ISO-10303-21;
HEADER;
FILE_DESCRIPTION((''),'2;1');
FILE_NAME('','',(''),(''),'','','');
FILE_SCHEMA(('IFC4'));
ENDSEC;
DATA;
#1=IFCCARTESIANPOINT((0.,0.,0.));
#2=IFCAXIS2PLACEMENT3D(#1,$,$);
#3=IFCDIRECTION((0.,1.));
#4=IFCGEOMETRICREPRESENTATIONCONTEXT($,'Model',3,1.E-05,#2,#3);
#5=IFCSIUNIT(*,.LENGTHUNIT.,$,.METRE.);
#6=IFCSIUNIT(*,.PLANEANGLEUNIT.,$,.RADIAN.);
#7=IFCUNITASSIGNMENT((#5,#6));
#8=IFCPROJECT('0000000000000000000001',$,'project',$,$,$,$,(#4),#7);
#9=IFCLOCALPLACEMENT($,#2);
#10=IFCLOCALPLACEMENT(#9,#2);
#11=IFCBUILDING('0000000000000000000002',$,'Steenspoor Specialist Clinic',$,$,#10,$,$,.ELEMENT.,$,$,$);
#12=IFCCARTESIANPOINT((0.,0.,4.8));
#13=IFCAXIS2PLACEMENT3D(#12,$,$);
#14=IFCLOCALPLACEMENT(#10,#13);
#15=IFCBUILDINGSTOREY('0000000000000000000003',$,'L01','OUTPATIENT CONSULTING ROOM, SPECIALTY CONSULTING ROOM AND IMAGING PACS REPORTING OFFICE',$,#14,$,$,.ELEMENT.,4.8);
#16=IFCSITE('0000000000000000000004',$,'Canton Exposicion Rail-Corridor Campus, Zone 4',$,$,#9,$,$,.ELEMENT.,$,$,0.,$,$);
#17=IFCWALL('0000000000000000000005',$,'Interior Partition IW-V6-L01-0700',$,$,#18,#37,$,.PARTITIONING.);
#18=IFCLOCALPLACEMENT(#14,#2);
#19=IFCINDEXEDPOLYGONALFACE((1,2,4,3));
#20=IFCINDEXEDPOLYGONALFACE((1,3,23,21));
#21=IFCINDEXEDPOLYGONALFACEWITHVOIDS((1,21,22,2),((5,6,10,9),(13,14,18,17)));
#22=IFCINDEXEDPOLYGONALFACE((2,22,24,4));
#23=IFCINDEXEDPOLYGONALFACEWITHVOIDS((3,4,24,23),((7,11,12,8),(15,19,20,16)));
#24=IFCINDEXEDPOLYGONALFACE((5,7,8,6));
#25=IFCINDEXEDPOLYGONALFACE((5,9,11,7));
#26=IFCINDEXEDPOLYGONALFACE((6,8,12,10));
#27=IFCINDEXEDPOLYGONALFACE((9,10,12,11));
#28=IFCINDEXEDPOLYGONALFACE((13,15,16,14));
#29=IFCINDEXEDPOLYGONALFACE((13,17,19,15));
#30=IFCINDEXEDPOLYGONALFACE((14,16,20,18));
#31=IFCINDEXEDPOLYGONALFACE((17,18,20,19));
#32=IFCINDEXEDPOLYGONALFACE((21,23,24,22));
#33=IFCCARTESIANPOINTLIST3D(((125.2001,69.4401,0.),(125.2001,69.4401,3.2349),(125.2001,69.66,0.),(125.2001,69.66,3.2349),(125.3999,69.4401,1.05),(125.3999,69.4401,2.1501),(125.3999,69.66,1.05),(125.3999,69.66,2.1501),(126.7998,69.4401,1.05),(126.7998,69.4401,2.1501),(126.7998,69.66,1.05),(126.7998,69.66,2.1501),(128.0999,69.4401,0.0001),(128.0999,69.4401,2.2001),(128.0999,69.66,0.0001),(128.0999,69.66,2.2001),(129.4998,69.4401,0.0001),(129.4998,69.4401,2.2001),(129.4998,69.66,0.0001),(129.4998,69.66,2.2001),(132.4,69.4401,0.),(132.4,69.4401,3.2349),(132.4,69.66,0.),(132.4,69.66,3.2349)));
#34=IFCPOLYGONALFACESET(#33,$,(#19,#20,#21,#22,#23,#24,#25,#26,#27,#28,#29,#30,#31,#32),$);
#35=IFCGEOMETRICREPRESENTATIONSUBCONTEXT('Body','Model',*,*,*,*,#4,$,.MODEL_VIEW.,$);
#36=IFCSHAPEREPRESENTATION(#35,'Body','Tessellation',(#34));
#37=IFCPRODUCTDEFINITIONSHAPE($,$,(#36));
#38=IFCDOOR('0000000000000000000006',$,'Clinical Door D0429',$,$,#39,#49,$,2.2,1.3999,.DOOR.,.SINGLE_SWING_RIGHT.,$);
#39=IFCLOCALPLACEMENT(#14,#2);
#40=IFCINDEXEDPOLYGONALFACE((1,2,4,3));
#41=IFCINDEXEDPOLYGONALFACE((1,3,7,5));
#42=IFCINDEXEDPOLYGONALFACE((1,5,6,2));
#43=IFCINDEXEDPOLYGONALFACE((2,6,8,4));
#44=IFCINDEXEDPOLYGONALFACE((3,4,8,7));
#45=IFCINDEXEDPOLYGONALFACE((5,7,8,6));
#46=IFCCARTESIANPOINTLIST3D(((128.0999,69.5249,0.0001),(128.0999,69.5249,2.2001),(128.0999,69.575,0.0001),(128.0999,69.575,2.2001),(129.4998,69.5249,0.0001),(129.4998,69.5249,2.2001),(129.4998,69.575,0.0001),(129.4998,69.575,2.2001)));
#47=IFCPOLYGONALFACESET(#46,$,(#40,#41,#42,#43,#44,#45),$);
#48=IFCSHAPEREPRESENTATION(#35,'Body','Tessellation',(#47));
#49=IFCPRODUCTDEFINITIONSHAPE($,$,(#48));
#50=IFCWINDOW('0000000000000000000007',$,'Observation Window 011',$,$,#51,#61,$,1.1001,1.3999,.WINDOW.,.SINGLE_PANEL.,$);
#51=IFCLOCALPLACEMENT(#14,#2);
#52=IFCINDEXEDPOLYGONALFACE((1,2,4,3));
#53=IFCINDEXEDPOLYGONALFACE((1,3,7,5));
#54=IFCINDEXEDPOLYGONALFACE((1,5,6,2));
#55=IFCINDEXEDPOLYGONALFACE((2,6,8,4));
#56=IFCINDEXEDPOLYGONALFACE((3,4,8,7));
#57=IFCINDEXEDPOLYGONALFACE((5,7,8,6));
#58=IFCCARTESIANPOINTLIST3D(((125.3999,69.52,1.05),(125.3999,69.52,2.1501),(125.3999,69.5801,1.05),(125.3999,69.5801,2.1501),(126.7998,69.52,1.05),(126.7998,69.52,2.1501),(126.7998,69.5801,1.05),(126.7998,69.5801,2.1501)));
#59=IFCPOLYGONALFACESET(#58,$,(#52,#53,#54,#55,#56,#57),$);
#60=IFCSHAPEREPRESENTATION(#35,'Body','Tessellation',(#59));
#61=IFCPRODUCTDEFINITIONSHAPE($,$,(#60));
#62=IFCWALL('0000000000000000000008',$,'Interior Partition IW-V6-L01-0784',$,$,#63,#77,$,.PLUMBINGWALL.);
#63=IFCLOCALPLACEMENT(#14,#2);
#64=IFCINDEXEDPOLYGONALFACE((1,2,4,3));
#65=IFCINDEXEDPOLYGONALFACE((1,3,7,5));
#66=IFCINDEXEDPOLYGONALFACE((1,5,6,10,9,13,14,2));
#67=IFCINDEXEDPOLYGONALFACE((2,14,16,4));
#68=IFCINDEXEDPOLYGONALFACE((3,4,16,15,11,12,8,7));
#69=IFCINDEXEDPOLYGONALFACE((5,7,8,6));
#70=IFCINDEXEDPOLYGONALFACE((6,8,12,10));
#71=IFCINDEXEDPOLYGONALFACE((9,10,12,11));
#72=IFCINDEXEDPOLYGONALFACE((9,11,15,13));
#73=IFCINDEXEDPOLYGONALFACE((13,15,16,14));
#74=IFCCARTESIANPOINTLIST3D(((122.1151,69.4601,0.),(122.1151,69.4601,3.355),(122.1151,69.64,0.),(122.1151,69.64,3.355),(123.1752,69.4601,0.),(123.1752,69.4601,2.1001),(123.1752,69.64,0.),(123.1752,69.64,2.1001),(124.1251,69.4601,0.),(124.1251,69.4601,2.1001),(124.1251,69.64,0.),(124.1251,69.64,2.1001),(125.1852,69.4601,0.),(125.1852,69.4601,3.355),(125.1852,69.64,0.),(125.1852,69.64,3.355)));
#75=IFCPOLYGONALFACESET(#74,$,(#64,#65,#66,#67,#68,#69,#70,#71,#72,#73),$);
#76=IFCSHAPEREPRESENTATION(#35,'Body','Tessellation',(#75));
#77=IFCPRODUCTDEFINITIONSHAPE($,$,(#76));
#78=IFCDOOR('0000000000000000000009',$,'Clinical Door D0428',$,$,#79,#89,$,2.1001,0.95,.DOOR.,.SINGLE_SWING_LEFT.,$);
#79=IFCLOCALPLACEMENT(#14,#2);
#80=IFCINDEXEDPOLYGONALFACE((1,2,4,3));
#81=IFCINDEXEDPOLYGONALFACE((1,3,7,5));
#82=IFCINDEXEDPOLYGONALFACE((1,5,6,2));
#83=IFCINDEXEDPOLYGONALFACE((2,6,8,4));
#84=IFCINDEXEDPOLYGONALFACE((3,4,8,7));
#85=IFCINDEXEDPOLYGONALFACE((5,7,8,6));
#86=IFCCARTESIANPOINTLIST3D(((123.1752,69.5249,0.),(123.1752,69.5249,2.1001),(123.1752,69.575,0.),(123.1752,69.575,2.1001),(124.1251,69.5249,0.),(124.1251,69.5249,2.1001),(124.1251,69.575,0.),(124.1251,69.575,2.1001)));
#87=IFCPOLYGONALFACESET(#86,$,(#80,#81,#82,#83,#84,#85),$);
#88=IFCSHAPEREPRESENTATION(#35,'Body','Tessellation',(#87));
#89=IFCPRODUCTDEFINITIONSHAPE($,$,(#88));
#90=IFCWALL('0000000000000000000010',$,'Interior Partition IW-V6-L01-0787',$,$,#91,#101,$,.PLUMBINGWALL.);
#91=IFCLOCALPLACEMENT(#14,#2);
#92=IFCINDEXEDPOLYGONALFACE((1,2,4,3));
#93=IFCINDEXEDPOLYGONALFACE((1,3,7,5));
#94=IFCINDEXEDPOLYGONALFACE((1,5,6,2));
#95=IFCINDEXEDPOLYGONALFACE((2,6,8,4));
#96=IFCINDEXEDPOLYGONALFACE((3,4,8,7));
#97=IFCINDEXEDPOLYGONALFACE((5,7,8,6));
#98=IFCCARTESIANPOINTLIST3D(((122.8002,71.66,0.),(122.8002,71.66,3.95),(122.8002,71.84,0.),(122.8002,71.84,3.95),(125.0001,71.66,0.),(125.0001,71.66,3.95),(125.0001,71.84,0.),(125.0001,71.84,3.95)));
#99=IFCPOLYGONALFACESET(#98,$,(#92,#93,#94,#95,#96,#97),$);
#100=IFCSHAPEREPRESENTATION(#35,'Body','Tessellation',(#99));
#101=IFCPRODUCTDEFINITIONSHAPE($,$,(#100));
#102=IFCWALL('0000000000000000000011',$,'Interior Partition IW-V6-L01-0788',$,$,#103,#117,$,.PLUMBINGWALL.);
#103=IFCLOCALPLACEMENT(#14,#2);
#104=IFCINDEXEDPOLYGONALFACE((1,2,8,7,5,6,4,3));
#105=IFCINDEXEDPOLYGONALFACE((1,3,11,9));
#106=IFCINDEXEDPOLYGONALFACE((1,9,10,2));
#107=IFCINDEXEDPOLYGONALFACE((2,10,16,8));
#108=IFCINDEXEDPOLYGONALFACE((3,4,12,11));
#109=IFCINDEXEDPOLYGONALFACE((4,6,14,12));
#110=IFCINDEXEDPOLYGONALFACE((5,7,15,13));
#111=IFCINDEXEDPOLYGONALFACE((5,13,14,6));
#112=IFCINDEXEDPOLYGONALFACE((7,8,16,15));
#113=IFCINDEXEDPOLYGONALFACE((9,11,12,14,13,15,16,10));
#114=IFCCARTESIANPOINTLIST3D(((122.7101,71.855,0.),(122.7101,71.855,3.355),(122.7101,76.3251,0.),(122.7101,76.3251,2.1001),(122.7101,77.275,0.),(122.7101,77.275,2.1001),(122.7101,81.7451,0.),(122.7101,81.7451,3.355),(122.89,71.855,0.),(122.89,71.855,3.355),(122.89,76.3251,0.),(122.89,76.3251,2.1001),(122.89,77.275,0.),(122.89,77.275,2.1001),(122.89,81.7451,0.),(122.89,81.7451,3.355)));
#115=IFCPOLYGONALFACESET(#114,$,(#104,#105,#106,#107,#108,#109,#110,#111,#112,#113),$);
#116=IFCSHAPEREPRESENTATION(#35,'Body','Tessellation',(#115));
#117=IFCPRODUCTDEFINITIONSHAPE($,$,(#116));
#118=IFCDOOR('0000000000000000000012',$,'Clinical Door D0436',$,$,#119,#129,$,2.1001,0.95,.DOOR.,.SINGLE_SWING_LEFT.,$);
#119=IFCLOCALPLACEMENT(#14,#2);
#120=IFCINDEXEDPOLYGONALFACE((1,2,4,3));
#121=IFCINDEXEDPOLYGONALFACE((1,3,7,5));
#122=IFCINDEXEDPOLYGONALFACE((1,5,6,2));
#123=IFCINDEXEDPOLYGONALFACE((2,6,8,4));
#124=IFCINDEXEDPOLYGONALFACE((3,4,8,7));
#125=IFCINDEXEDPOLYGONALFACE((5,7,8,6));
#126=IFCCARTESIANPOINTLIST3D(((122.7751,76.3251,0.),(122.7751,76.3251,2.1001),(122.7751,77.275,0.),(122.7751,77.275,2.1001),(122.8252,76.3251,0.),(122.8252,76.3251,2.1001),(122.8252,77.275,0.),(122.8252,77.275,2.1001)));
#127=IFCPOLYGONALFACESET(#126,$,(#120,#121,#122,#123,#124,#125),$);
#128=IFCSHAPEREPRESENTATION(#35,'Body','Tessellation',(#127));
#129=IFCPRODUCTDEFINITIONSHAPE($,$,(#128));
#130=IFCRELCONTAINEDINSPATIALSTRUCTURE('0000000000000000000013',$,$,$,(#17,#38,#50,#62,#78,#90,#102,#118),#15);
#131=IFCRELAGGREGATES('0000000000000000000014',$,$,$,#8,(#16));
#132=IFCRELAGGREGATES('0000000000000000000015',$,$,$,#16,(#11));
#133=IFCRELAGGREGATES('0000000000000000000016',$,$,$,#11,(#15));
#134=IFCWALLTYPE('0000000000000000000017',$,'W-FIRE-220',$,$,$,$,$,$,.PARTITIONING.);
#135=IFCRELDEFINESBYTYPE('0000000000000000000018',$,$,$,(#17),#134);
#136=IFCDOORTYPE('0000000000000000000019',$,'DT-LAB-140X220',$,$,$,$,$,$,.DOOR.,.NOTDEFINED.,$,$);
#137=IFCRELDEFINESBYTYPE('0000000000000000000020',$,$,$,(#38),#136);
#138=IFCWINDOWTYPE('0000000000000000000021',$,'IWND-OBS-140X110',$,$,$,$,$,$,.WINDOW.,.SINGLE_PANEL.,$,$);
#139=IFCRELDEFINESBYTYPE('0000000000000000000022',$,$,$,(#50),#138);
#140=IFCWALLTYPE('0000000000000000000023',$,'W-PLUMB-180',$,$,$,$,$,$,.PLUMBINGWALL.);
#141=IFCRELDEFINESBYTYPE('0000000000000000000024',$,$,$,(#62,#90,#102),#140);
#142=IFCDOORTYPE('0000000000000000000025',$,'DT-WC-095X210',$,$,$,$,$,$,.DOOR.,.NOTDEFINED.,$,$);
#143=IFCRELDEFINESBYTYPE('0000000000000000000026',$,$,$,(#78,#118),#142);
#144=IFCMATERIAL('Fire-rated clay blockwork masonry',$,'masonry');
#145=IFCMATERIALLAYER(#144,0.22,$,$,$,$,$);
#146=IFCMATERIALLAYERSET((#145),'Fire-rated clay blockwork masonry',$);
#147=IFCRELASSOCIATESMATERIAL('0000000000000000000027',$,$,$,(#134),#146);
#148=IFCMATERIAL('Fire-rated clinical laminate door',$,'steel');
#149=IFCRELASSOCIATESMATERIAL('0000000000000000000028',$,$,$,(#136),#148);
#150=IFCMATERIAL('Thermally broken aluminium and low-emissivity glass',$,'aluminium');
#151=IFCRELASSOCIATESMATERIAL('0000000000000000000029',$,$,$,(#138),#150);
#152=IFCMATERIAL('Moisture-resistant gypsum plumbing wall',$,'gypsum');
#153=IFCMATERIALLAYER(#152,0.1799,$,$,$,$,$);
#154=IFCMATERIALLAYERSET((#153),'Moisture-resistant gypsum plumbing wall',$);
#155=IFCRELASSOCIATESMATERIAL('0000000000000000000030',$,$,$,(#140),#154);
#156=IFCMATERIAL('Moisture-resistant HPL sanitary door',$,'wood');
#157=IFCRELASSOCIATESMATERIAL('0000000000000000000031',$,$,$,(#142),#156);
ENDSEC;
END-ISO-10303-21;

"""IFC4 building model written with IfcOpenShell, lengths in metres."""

from ifc_helpers import new_model, si_unit, direction, frame, frame_2d, origin, place, context, subcontext, project, spatial, rectangle, extrude, material, layer, layer_set, type_object, element, fill, save


model = new_model("IFC4")

# Units and contexts
model_context = context("Model", 3, precision=1e-05, world=origin(), true_north=direction((0.0, 1.0)))
body_context = subcontext(model_context, "Body", "Model", "MODEL_VIEW")
ifc_project = project(units=[si_unit("LENGTHUNIT", "METRE"), si_unit("PLANEANGLEUNIT", "RADIAN")], contexts=[model_context])

# Site, building, storey
site_placement = place(None, origin())
site = spatial("IfcSite", under=ifc_project, at=site_placement, Name="Canton Exposicion Rail-Corridor Campus, Zone 4", CompositionType="ELEMENT", RefElevation=0.0)
building_placement = place(site_placement, origin())
building = spatial("IfcBuilding", under=site, at=building_placement, Name="Steenspoor Specialist Clinic", CompositionType="ELEMENT")
storey_placement = place(building_placement, frame((0.0, 0.0, 4.8)))
storey = spatial("IfcBuildingStorey", under=building, at=storey_placement, Name="L01", Description="OUTPATIENT CONSULTING ROOM, SPECIALTY CONSULTING ROOM AND IMAGING PACS REPORTING OFFICE", CompositionType="ELEMENT", Elevation=4.8)

# Shared definitions
ifc_material_1 = material(Name="Fire-rated clay blockwork masonry", Category="masonry")
ifc_layer_1 = layer(ifc_material_1, 0.22)
ifc_layer_set_1 = layer_set([ifc_layer_1], Name="Fire-rated clay blockwork masonry")
wall_type_1 = type_object("IfcWallType", Name="W-FIRE-220", PredefinedType="PARTITIONING", material=ifc_layer_set_1)
ifc_material_2 = material(Name="Fire-rated clinical laminate door", Category="steel")
door_type_1 = type_object("IfcDoorType", Name="DT-LAB-140X220", OperationType="NOTDEFINED", PredefinedType="DOOR", material=ifc_material_2)
ifc_material_3 = material(Name="Thermally broken aluminium and low-emissivity glass", Category="aluminium")

# Wall, openings, door, window
wall_1_placement = place(storey_placement, frame((125.2, 69.55, 0.0), z_axis=(0.0, 0.0, 1.0), x_axis=(1.0, 0.0, 0.0)))
wall_1 = element("IfcWall", 1, at=wall_1_placement, inside=storey, type_object=wall_type_1, Name="Interior Partition IW-V6-L01-0700", PredefinedType="PARTITIONING", context=body_context, shape_type="SweptSolid", body=[
    extrude(rectangle(XDim=7.2, YDim=0.22, at=frame_2d((3.6001, 0.0))), origin(), (0.0, 0.0, 1.0), 3.2349),
])
opening_1_placement = place(wall_1_placement, frame((2.8999, 0.0, 0.0)))
opening_1 = element("IfcOpeningElement", 2, at=opening_1_placement, cuts=wall_1, PredefinedType="OPENING", context=body_context, shape_type="SweptSolid", body=[
    extrude(rectangle(XDim=1.3999, YDim=2.2, at=frame_2d((0.7, 1.1001))), frame((0.0, 0.1201, 0.0), z_axis=(0.0, -1.0, 0.0), x_axis=(1.0, 0.0, 0.0)), (0.0, 0.0, 1.0), 0.24),
])
opening_2_placement = place(wall_1_placement, frame((0.2, 0.0, 1.05)))
opening_2 = element("IfcOpeningElement", 3, at=opening_2_placement, cuts=wall_1, PredefinedType="OPENING", context=body_context, shape_type="SweptSolid", body=[
    extrude(rectangle(XDim=1.3999, YDim=1.1001, at=frame_2d((0.7, 0.55))), frame((0.0, 0.1201, 0.0), z_axis=(0.0, -1.0, 0.0), x_axis=(1.0, 0.0, 0.0)), (0.0, 0.0, 1.0), 0.24),
])
door_1_placement = place(opening_1_placement, origin())
door_1 = element("IfcDoor", 4, at=door_1_placement, inside=storey, type_object=door_type_1, Name="Clinical Door D0429", OperationType="SINGLE_SWING_RIGHT", OverallHeight=2.2, OverallWidth=1.3999, PredefinedType="DOOR", context=body_context, shape_type="SweptSolid", body=[
    extrude(rectangle(XDim=1.3999, YDim=2.2, at=frame_2d((0.7, 1.1001))), frame((0.0, 0.0249, 0.0), z_axis=(0.0, -1.0, 0.0), x_axis=(1.0, 0.0, 0.0)), (0.0, 0.0, 1.0), 0.05),
])
fill(opening_1, door_1)
window_type_1 = type_object("IfcWindowType", Name="IWND-OBS-140X110", PartitioningType="SINGLE_PANEL", PredefinedType="WINDOW", material=ifc_material_3)
window_1_placement = place(opening_2_placement, origin())
window_1 = element("IfcWindow", 5, at=window_1_placement, inside=storey, type_object=window_type_1, Name="Observation Window 011", OverallHeight=1.1001, OverallWidth=1.3999, PartitioningType="SINGLE_PANEL", PredefinedType="WINDOW", context=body_context, shape_type="SweptSolid", body=[
    extrude(rectangle(XDim=1.3999, YDim=1.1001, at=frame_2d((0.7, 0.55))), frame((0.0, 0.03, 0.0), z_axis=(0.0, -1.0, 0.0), x_axis=(1.0, 0.0, 0.0)), (0.0, 0.0, 1.0), 0.0601),
])
fill(opening_2, window_1)

# Wall, opening, door
ifc_material_4 = material(Name="Moisture-resistant gypsum plumbing wall", Category="gypsum")
ifc_layer_2 = layer(ifc_material_4, 0.1799)
ifc_layer_set_2 = layer_set([ifc_layer_2], Name="Moisture-resistant gypsum plumbing wall")
wall_type_2 = type_object("IfcWallType", Name="W-PLUMB-180", PredefinedType="PLUMBINGWALL", material=ifc_layer_set_2)
wall_2_placement = place(storey_placement, frame((122.115, 69.55, 0.0), z_axis=(0.0, 0.0, 1.0), x_axis=(1.0, 0.0, 0.0)))
wall_2 = element("IfcWall", 6, at=wall_2_placement, inside=storey, type_object=wall_type_2, Name="Interior Partition IW-V6-L01-0784", PredefinedType="PLUMBINGWALL", context=body_context, shape_type="SweptSolid", body=[
    extrude(rectangle(XDim=3.0701, YDim=0.1799, at=frame_2d((1.5352, 0.0))), origin(), (0.0, 0.0, 1.0), 3.355),
])
opening_3_placement = place(wall_2_placement, frame((1.0601, 0.0, 0.0)))
opening_3 = element("IfcOpeningElement", 7, at=opening_3_placement, cuts=wall_2, PredefinedType="OPENING", context=body_context, shape_type="SweptSolid", body=[
    extrude(rectangle(XDim=0.95, YDim=2.1001, at=frame_2d((0.4751, 1.05))), frame((0.0, 0.1001, 0.0), z_axis=(0.0, -1.0, 0.0), x_axis=(1.0, 0.0, 0.0)), (0.0, 0.0, 1.0), 0.2),
])
ifc_material_5 = material(Name="Moisture-resistant HPL sanitary door", Category="wood")
door_type_2 = type_object("IfcDoorType", Name="DT-WC-095X210", OperationType="NOTDEFINED", PredefinedType="DOOR", material=ifc_material_5)
door_2_placement = place(opening_3_placement, origin())
door_2 = element("IfcDoor", 8, at=door_2_placement, inside=storey, type_object=door_type_2, Name="Clinical Door D0428", OperationType="SINGLE_SWING_LEFT", OverallHeight=2.1001, OverallWidth=0.95, PredefinedType="DOOR", context=body_context, shape_type="SweptSolid", body=[
    extrude(rectangle(XDim=0.95, YDim=2.1001, at=frame_2d((0.4751, 1.05))), frame((0.0, 0.0249, 0.0), z_axis=(0.0, -1.0, 0.0), x_axis=(1.0, 0.0, 0.0)), (0.0, 0.0, 1.0), 0.05),
])
fill(opening_3, door_2)

# Wall
wall_3_placement = place(storey_placement, frame((122.8, 71.75, 0.0), z_axis=(0.0, 0.0, 1.0), x_axis=(1.0, 0.0, 0.0)))
element("IfcWall", 9, at=wall_3_placement, inside=storey, type_object=wall_type_2, Name="Interior Partition IW-V6-L01-0787", PredefinedType="PLUMBINGWALL", context=body_context, shape_type="SweptSolid", body=[
    extrude(rectangle(XDim=2.2, YDim=0.1799, at=frame_2d((1.1001, 0.0))), origin(), (0.0, 0.0, 1.0), 3.95),
])

# Wall, opening, door
wall_4_placement = place(storey_placement, frame((122.8, 71.855, 0.0), z_axis=(0.0, 0.0, 1.0), x_axis=(0.0, 1.0, 0.0)))
wall_4 = element("IfcWall", 10, at=wall_4_placement, inside=storey, type_object=wall_type_2, Name="Interior Partition IW-V6-L01-0788", PredefinedType="PLUMBINGWALL", context=body_context, shape_type="SweptSolid", body=[
    extrude(rectangle(XDim=9.8901, YDim=0.1799, at=frame_2d((4.9451, 0.0))), origin(), (0.0, 0.0, 1.0), 3.355),
])
opening_4_placement = place(wall_4_placement, frame((4.47, 0.0, 0.0)))
opening_4 = element("IfcOpeningElement", 11, at=opening_4_placement, cuts=wall_4, PredefinedType="OPENING", context=body_context, shape_type="SweptSolid", body=[
    extrude(rectangle(XDim=0.95, YDim=2.1001, at=frame_2d((0.4751, 1.05))), frame((0.0, 0.1001, 0.0), z_axis=(0.0, -1.0, 0.0), x_axis=(1.0, 0.0, 0.0)), (0.0, 0.0, 1.0), 0.2),
])
door_3_placement = place(opening_4_placement, origin())
door_3 = element("IfcDoor", 12, at=door_3_placement, inside=storey, type_object=door_type_2, Name="Clinical Door D0436", OperationType="SINGLE_SWING_LEFT", OverallHeight=2.1001, OverallWidth=0.95, PredefinedType="DOOR", context=body_context, shape_type="SweptSolid", body=[
    extrude(rectangle(XDim=0.95, YDim=2.1001, at=frame_2d((0.4751, 1.05))), frame((0.0, 0.0249, 0.0), z_axis=(0.0, -1.0, 0.0), x_axis=(1.0, 0.0, 0.0)), (0.0, 0.0, 1.0), 0.05),
])
fill(opening_4, door_3)

save(model, "model.ifc")
